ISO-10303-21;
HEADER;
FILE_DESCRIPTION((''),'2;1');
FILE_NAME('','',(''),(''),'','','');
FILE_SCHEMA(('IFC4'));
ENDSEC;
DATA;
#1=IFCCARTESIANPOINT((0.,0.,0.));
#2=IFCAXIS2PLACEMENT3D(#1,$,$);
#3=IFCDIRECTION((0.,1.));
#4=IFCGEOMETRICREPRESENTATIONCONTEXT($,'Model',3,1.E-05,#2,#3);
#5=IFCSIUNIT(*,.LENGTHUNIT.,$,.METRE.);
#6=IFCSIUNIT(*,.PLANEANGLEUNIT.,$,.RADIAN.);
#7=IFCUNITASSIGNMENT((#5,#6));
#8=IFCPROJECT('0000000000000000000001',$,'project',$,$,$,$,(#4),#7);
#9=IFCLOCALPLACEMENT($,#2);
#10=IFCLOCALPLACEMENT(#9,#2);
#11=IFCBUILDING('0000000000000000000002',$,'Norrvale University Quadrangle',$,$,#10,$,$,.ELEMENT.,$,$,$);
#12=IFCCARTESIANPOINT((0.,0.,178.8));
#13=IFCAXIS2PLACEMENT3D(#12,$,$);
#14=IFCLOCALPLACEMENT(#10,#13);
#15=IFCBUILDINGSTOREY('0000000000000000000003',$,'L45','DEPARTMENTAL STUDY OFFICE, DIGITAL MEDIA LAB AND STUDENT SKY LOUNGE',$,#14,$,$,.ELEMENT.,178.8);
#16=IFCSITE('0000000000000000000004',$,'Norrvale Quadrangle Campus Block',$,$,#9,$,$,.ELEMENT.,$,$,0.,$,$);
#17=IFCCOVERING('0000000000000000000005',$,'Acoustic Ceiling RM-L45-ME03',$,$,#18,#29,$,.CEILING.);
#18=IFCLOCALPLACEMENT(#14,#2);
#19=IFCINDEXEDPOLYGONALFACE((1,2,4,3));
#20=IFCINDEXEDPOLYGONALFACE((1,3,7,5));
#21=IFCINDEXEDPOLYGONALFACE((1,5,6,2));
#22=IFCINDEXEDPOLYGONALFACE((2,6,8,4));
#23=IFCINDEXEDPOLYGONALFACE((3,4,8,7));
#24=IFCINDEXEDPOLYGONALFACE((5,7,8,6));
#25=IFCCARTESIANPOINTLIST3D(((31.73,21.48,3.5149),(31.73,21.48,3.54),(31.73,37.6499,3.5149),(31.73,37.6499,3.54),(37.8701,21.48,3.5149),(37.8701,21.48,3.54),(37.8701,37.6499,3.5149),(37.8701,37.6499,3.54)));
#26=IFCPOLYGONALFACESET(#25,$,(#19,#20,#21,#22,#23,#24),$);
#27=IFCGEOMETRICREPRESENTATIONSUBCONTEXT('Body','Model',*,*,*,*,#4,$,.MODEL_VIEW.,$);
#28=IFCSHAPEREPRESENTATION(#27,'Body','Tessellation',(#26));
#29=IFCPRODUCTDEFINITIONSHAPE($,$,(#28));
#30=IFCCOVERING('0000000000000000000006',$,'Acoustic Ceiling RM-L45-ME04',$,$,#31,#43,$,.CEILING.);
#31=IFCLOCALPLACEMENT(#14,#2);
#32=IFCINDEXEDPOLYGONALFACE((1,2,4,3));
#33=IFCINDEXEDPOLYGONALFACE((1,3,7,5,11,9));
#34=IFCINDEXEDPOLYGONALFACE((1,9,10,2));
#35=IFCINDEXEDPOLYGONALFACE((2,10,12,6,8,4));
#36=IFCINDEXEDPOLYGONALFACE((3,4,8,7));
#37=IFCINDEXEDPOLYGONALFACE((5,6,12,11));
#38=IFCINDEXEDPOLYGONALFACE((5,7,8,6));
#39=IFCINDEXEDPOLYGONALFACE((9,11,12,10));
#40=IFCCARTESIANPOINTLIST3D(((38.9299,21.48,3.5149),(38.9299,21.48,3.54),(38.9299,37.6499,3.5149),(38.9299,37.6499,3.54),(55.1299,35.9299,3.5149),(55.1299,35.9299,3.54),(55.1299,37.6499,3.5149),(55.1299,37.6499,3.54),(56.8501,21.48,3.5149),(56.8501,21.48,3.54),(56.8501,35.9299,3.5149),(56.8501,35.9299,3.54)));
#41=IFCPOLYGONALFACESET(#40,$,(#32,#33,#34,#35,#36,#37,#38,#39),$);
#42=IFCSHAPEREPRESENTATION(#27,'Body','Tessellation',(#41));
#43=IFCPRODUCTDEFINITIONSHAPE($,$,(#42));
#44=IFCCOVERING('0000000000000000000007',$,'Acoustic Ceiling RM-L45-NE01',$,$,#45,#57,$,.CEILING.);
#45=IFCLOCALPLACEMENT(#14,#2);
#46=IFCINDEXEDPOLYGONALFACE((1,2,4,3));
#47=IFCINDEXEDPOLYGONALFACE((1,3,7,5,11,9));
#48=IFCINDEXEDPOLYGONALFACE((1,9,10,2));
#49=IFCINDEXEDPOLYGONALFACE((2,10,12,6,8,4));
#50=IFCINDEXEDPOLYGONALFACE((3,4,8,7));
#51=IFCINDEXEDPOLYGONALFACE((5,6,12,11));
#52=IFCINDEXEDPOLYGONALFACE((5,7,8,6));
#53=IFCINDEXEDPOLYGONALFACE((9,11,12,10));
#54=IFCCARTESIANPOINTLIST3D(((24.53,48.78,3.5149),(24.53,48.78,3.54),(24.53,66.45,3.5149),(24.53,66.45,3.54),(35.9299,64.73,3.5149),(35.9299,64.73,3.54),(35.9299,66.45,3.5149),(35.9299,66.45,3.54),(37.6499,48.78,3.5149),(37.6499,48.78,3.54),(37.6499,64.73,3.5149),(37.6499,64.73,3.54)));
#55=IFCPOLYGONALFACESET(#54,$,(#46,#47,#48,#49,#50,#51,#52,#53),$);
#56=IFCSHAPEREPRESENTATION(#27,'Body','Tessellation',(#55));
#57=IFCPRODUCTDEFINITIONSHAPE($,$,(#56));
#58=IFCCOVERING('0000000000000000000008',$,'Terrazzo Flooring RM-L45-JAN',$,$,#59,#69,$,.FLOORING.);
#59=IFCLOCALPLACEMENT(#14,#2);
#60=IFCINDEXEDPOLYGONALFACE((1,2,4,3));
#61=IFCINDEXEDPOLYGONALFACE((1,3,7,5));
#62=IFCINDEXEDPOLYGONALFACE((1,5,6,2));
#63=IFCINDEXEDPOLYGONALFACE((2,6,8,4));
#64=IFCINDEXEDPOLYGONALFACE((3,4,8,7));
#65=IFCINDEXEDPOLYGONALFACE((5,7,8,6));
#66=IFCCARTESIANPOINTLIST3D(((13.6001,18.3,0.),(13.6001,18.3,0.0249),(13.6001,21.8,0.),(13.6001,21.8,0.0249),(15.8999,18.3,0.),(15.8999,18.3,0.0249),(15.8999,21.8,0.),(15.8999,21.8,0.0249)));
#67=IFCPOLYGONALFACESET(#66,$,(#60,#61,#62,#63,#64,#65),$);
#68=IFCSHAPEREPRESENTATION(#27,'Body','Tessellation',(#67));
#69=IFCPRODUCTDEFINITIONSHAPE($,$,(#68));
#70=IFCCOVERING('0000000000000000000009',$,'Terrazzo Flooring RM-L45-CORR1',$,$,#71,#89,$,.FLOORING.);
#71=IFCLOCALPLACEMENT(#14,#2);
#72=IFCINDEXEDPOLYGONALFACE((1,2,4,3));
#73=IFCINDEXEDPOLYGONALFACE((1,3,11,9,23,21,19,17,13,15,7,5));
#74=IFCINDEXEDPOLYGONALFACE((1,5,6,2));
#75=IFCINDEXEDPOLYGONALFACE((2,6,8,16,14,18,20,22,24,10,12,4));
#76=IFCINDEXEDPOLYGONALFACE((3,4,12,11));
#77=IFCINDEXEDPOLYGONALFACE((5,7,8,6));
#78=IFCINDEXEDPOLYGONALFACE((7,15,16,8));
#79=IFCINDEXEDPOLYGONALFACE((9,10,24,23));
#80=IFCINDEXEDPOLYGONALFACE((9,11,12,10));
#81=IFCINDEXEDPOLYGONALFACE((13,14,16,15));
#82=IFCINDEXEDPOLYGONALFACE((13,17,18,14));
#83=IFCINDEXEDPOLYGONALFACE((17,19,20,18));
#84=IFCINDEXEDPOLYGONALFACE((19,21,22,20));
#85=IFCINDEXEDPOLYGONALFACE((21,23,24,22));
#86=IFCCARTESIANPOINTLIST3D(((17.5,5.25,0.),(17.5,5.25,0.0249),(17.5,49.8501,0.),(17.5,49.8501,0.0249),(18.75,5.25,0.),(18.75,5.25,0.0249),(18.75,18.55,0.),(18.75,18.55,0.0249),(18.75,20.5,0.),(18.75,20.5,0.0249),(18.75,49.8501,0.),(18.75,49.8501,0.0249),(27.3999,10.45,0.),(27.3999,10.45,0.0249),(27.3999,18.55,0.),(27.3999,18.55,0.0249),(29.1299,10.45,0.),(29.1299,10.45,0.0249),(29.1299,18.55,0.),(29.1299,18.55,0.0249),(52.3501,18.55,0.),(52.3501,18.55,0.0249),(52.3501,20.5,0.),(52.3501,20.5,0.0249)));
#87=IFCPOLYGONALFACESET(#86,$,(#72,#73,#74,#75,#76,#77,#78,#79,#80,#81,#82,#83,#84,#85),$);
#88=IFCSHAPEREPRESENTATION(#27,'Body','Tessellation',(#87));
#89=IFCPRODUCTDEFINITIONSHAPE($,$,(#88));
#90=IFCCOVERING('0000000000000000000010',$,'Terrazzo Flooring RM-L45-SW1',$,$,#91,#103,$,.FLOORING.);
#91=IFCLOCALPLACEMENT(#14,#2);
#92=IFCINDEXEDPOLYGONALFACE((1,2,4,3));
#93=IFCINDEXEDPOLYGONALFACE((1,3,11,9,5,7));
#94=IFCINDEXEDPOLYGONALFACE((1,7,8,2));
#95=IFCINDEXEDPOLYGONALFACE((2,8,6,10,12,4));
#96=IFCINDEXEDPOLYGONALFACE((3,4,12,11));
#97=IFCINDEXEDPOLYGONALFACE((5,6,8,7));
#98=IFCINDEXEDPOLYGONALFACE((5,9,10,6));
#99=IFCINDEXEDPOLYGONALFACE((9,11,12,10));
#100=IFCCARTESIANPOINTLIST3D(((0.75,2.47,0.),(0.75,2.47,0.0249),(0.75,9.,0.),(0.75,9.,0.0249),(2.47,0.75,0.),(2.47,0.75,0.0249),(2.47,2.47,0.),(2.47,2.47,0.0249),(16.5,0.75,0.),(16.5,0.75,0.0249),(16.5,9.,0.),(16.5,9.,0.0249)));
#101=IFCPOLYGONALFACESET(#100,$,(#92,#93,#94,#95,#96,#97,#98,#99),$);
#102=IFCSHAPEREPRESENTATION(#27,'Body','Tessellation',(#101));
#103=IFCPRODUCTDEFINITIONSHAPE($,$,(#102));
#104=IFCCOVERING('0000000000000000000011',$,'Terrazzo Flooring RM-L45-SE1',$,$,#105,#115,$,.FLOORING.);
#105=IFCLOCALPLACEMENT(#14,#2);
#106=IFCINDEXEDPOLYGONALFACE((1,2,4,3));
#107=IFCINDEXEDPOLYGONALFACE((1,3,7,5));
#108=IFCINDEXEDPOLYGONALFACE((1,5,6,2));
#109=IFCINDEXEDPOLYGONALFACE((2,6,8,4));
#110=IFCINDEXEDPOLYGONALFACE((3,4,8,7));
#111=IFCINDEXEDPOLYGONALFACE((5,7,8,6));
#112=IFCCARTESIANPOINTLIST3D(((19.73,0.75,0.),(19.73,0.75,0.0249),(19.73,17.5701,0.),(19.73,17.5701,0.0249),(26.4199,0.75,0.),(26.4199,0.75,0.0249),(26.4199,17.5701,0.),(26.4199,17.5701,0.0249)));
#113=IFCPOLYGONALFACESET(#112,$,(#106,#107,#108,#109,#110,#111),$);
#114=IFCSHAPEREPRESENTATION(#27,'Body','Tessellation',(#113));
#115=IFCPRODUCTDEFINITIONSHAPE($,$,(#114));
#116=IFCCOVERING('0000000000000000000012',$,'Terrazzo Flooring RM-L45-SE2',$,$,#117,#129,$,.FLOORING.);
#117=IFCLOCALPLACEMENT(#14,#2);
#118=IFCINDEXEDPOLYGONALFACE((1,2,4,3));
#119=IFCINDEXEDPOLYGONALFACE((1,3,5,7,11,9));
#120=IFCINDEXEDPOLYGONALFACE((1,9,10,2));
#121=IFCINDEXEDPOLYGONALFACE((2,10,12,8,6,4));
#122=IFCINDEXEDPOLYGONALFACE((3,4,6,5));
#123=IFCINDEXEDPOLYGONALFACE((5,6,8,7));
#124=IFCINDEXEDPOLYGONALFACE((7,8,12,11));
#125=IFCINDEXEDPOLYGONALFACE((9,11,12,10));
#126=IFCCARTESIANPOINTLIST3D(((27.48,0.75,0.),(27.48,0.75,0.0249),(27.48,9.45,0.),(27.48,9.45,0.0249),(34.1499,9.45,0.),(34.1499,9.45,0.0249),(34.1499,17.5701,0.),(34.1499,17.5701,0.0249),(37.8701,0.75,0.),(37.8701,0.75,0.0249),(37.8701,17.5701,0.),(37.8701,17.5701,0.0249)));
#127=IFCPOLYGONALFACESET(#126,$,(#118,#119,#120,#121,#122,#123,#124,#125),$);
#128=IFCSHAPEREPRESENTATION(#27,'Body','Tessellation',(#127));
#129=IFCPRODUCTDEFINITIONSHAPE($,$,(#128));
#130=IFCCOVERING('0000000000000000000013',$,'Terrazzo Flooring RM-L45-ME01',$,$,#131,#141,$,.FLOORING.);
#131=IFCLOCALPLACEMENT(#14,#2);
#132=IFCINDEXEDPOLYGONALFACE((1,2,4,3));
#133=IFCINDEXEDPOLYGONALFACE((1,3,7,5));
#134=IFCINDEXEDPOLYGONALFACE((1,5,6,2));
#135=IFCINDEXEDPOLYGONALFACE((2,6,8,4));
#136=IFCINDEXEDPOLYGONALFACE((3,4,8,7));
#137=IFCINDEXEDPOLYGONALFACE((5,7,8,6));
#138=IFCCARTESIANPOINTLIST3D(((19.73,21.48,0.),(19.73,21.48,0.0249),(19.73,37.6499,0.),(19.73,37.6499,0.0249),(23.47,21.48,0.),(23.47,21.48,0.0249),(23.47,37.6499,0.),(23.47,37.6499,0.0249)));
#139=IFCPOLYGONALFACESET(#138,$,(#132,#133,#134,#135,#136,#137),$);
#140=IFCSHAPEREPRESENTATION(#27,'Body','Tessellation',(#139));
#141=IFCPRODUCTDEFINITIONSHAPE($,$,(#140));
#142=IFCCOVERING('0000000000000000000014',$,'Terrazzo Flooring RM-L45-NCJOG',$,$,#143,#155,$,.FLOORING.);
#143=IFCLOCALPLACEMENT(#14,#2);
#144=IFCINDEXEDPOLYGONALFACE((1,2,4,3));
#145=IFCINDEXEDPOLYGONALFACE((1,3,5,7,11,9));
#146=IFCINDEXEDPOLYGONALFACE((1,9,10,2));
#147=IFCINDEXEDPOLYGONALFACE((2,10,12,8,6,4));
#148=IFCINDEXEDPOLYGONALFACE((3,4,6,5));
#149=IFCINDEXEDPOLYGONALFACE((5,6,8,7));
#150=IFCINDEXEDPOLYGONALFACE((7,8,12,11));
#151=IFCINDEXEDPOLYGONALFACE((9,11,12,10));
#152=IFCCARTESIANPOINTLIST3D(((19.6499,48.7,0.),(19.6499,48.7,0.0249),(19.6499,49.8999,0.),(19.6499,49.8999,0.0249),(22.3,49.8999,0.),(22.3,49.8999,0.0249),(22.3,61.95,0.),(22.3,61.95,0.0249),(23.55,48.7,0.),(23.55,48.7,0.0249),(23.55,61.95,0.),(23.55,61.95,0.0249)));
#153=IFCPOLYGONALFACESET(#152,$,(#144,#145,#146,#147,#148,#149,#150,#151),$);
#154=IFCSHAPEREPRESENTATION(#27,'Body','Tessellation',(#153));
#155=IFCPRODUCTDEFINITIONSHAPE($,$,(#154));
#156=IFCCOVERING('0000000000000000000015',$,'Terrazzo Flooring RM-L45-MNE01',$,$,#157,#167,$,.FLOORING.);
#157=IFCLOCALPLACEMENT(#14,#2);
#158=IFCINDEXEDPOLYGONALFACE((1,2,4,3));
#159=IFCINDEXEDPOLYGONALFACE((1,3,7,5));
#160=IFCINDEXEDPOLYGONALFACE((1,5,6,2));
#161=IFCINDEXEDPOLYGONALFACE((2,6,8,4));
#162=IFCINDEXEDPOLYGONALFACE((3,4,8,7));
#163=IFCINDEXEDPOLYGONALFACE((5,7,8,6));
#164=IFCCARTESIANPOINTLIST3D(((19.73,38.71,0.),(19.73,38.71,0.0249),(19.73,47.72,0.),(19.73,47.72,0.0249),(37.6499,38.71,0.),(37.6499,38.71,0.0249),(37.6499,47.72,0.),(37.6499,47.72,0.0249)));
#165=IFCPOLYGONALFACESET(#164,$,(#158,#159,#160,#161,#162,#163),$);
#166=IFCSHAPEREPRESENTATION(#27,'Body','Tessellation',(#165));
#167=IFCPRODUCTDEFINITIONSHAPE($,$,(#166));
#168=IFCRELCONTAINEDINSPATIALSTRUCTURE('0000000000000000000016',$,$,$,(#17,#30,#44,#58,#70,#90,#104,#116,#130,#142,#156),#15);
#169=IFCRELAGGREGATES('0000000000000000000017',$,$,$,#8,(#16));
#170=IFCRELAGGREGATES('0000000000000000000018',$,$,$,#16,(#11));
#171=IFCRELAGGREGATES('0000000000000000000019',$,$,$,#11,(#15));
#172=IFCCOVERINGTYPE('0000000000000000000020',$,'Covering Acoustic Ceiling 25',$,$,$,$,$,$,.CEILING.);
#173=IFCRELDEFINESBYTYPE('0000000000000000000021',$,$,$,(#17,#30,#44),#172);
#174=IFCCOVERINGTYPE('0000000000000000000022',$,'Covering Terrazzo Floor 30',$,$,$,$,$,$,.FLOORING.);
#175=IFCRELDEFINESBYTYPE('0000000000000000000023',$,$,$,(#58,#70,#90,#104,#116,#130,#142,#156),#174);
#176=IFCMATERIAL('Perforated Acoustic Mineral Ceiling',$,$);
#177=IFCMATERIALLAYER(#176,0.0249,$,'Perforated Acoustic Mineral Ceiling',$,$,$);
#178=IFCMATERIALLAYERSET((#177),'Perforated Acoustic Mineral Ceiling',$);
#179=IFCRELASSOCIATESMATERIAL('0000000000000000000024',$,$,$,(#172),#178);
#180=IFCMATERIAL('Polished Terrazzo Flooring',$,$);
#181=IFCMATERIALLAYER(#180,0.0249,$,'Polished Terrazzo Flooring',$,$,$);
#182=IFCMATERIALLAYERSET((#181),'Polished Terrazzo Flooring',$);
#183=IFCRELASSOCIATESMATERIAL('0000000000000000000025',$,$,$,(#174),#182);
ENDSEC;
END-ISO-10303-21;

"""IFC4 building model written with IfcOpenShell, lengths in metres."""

from ifc_helpers import new_model, si_unit, direction, frame, origin, place, context, subcontext, project, spatial, polyline, outline, extrude, material, layer, layer_set, type_object, element, save


model = new_model("IFC4")

# Units and contexts
model_context = context("Model", 3, precision=1e-05, world=origin(), true_north=direction((0.0, 1.0)))
body_context = subcontext(model_context, "Body", "Model", "MODEL_VIEW")
ifc_project = project(units=[si_unit("LENGTHUNIT", "METRE"), si_unit("PLANEANGLEUNIT", "RADIAN")], contexts=[model_context])

# Site, building, storey
site_placement = place(None, origin())
site = spatial("IfcSite", under=ifc_project, at=site_placement, Name="Norrvale Quadrangle Campus Block", CompositionType="ELEMENT", RefElevation=0.0)
building_placement = place(site_placement, origin())
building = spatial("IfcBuilding", under=site, at=building_placement, Name="Norrvale University Quadrangle", CompositionType="ELEMENT")
storey_placement = place(building_placement, frame((0.0, 0.0, 178.8)))
storey = spatial("IfcBuildingStorey", under=building, at=storey_placement, Name="L45", Description="DEPARTMENTAL STUDY OFFICE, DIGITAL MEDIA LAB AND STUDENT SKY LOUNGE", CompositionType="ELEMENT", Elevation=178.8)

# Coverings
ifc_material_1 = material(Name="Perforated Acoustic Mineral Ceiling")
ifc_layer_1 = layer(ifc_material_1, 0.0249, Name="Perforated Acoustic Mineral Ceiling")
ifc_layer_set_1 = layer_set([ifc_layer_1], Name="Perforated Acoustic Mineral Ceiling")
covering_type_1 = type_object("IfcCoveringType", Name="Covering Acoustic Ceiling 25", PredefinedType="CEILING", material=ifc_layer_set_1)
covering_1_placement = place(storey_placement, frame((0.0, 0.0, 3.5149)))
element("IfcCovering", 1, at=covering_1_placement, inside=storey, type_object=covering_type_1, Name="Acoustic Ceiling RM-L45-ME03", PredefinedType="CEILING", context=body_context, shape_type="SweptSolid", body=[
    extrude(outline(polyline([(31.73, 37.6499), (37.8701, 37.6499), (37.8701, 21.48), (31.73, 21.48), (31.73, 37.6499)])), origin(), (0.0, 0.0, 1.0), 0.0251),
])
covering_2_placement = place(storey_placement, frame((0.0, 0.0, 3.5149)))
element("IfcCovering", 2, at=covering_2_placement, inside=storey, type_object=covering_type_1, Name="Acoustic Ceiling RM-L45-ME04", PredefinedType="CEILING", context=body_context, shape_type="SweptSolid", body=[
    extrude(outline(polyline([(56.8501, 21.48), (38.9299, 21.48), (38.9299, 37.6499), (55.1299, 37.6499), (55.1299, 35.9299), (56.8501, 35.9299), (56.8501, 21.48)])), origin(), (0.0, 0.0, 1.0), 0.0251),
])
covering_3_placement = place(storey_placement, frame((0.0, 0.0, 3.5149)))
element("IfcCovering", 3, at=covering_3_placement, inside=storey, type_object=covering_type_1, Name="Acoustic Ceiling RM-L45-NE01", PredefinedType="CEILING", context=body_context, shape_type="SweptSolid", body=[
    extrude(outline(polyline([(37.6499, 48.78), (24.53, 48.78), (24.53, 66.45), (35.9299, 66.45), (35.9299, 64.73), (37.6499, 64.73), (37.6499, 48.78)])), origin(), (0.0, 0.0, 1.0), 0.0251),
])
ifc_material_2 = material(Name="Polished Terrazzo Flooring")
ifc_layer_2 = layer(ifc_material_2, 0.0249, Name="Polished Terrazzo Flooring")
ifc_layer_set_2 = layer_set([ifc_layer_2], Name="Polished Terrazzo Flooring")
covering_type_2 = type_object("IfcCoveringType", Name="Covering Terrazzo Floor 30", PredefinedType="FLOORING", material=ifc_layer_set_2)
covering_4_placement = place(storey_placement, origin())
element("IfcCovering", 4, at=covering_4_placement, inside=storey, type_object=covering_type_2, Name="Terrazzo Flooring RM-L45-JAN", PredefinedType="FLOORING", context=body_context, shape_type="SweptSolid", body=[
    extrude(outline(polyline([(13.6001, 18.3), (13.6001, 21.8), (15.8999, 21.8), (15.8999, 18.3), (13.6001, 18.3)])), origin(), (0.0, 0.0, 1.0), 0.0249),
])
covering_5_placement = place(storey_placement, origin())
element("IfcCovering", 5, at=covering_5_placement, inside=storey, type_object=covering_type_2, Name="Terrazzo Flooring RM-L45-CORR1", PredefinedType="FLOORING", context=body_context, shape_type="SweptSolid", body=[
    extrude(outline(polyline([(17.5, 5.25), (17.5, 49.8501), (18.75, 49.8501), (18.75, 20.5), (52.3501, 20.5), (52.3501, 18.55), (29.1299, 18.55), (29.1299, 10.45), (27.3999, 10.45), (27.3999, 18.55), (18.75, 18.55), (18.75, 5.25), (17.5, 5.25)])), origin(), (0.0, 0.0, 1.0), 0.0249),
])
covering_6_placement = place(storey_placement, origin())
element("IfcCovering", 6, at=covering_6_placement, inside=storey, type_object=covering_type_2, Name="Terrazzo Flooring RM-L45-SW1", PredefinedType="FLOORING", context=body_context, shape_type="SweptSolid", body=[
    extrude(outline(polyline([(0.75, 9.0), (16.5, 9.0), (16.5, 0.75), (2.47, 0.75), (2.47, 2.47), (0.75, 2.47), (0.75, 9.0)])), origin(), (0.0, 0.0, 1.0), 0.0249),
])
covering_7_placement = place(storey_placement, origin())
element("IfcCovering", 7, at=covering_7_placement, inside=storey, type_object=covering_type_2, Name="Terrazzo Flooring RM-L45-SE1", PredefinedType="FLOORING", context=body_context, shape_type="SweptSolid", body=[
    extrude(outline(polyline([(19.73, 17.5701), (26.4199, 17.5701), (26.4199, 0.75), (19.73, 0.75), (19.73, 17.5701)])), origin(), (0.0, 0.0, 1.0), 0.0249),
])
covering_8_placement = place(storey_placement, origin())
element("IfcCovering", 8, at=covering_8_placement, inside=storey, type_object=covering_type_2, Name="Terrazzo Flooring RM-L45-SE2", PredefinedType="FLOORING", context=body_context, shape_type="SweptSolid", body=[
    extrude(outline(polyline([(27.48, 9.45), (34.1499, 9.45), (34.1499, 17.5701), (37.8701, 17.5701), (37.8701, 0.75), (27.48, 0.75), (27.48, 9.45)])), origin(), (0.0, 0.0, 1.0), 0.0249),
])
covering_9_placement = place(storey_placement, origin())
element("IfcCovering", 9, at=covering_9_placement, inside=storey, type_object=covering_type_2, Name="Terrazzo Flooring RM-L45-ME01", PredefinedType="FLOORING", context=body_context, shape_type="SweptSolid", body=[
    extrude(outline(polyline([(19.73, 37.6499), (23.47, 37.6499), (23.47, 21.48), (19.73, 21.48), (19.73, 37.6499)])), origin(), (0.0, 0.0, 1.0), 0.0249),
])
covering_10_placement = place(storey_placement, origin())
element("IfcCovering", 10, at=covering_10_placement, inside=storey, type_object=covering_type_2, Name="Terrazzo Flooring RM-L45-NCJOG", PredefinedType="FLOORING", context=body_context, shape_type="SweptSolid", body=[
    extrude(outline(polyline([(19.6499, 48.7), (19.6499, 49.8999), (22.3, 49.8999), (22.3, 61.95), (23.55, 61.95), (23.55, 48.7), (19.6499, 48.7)])), origin(), (0.0, 0.0, 1.0), 0.0249),
])
covering_11_placement = place(storey_placement, origin())
element("IfcCovering", 11, at=covering_11_placement, inside=storey, type_object=covering_type_2, Name="Terrazzo Flooring RM-L45-MNE01", PredefinedType="FLOORING", context=body_context, shape_type="SweptSolid", body=[
    extrude(outline(polyline([(19.73, 47.72), (37.6499, 47.72), (37.6499, 38.71), (19.73, 38.71), (19.73, 47.72)])), origin(), (0.0, 0.0, 1.0), 0.0249),
])

save(model, "model.ifc")
